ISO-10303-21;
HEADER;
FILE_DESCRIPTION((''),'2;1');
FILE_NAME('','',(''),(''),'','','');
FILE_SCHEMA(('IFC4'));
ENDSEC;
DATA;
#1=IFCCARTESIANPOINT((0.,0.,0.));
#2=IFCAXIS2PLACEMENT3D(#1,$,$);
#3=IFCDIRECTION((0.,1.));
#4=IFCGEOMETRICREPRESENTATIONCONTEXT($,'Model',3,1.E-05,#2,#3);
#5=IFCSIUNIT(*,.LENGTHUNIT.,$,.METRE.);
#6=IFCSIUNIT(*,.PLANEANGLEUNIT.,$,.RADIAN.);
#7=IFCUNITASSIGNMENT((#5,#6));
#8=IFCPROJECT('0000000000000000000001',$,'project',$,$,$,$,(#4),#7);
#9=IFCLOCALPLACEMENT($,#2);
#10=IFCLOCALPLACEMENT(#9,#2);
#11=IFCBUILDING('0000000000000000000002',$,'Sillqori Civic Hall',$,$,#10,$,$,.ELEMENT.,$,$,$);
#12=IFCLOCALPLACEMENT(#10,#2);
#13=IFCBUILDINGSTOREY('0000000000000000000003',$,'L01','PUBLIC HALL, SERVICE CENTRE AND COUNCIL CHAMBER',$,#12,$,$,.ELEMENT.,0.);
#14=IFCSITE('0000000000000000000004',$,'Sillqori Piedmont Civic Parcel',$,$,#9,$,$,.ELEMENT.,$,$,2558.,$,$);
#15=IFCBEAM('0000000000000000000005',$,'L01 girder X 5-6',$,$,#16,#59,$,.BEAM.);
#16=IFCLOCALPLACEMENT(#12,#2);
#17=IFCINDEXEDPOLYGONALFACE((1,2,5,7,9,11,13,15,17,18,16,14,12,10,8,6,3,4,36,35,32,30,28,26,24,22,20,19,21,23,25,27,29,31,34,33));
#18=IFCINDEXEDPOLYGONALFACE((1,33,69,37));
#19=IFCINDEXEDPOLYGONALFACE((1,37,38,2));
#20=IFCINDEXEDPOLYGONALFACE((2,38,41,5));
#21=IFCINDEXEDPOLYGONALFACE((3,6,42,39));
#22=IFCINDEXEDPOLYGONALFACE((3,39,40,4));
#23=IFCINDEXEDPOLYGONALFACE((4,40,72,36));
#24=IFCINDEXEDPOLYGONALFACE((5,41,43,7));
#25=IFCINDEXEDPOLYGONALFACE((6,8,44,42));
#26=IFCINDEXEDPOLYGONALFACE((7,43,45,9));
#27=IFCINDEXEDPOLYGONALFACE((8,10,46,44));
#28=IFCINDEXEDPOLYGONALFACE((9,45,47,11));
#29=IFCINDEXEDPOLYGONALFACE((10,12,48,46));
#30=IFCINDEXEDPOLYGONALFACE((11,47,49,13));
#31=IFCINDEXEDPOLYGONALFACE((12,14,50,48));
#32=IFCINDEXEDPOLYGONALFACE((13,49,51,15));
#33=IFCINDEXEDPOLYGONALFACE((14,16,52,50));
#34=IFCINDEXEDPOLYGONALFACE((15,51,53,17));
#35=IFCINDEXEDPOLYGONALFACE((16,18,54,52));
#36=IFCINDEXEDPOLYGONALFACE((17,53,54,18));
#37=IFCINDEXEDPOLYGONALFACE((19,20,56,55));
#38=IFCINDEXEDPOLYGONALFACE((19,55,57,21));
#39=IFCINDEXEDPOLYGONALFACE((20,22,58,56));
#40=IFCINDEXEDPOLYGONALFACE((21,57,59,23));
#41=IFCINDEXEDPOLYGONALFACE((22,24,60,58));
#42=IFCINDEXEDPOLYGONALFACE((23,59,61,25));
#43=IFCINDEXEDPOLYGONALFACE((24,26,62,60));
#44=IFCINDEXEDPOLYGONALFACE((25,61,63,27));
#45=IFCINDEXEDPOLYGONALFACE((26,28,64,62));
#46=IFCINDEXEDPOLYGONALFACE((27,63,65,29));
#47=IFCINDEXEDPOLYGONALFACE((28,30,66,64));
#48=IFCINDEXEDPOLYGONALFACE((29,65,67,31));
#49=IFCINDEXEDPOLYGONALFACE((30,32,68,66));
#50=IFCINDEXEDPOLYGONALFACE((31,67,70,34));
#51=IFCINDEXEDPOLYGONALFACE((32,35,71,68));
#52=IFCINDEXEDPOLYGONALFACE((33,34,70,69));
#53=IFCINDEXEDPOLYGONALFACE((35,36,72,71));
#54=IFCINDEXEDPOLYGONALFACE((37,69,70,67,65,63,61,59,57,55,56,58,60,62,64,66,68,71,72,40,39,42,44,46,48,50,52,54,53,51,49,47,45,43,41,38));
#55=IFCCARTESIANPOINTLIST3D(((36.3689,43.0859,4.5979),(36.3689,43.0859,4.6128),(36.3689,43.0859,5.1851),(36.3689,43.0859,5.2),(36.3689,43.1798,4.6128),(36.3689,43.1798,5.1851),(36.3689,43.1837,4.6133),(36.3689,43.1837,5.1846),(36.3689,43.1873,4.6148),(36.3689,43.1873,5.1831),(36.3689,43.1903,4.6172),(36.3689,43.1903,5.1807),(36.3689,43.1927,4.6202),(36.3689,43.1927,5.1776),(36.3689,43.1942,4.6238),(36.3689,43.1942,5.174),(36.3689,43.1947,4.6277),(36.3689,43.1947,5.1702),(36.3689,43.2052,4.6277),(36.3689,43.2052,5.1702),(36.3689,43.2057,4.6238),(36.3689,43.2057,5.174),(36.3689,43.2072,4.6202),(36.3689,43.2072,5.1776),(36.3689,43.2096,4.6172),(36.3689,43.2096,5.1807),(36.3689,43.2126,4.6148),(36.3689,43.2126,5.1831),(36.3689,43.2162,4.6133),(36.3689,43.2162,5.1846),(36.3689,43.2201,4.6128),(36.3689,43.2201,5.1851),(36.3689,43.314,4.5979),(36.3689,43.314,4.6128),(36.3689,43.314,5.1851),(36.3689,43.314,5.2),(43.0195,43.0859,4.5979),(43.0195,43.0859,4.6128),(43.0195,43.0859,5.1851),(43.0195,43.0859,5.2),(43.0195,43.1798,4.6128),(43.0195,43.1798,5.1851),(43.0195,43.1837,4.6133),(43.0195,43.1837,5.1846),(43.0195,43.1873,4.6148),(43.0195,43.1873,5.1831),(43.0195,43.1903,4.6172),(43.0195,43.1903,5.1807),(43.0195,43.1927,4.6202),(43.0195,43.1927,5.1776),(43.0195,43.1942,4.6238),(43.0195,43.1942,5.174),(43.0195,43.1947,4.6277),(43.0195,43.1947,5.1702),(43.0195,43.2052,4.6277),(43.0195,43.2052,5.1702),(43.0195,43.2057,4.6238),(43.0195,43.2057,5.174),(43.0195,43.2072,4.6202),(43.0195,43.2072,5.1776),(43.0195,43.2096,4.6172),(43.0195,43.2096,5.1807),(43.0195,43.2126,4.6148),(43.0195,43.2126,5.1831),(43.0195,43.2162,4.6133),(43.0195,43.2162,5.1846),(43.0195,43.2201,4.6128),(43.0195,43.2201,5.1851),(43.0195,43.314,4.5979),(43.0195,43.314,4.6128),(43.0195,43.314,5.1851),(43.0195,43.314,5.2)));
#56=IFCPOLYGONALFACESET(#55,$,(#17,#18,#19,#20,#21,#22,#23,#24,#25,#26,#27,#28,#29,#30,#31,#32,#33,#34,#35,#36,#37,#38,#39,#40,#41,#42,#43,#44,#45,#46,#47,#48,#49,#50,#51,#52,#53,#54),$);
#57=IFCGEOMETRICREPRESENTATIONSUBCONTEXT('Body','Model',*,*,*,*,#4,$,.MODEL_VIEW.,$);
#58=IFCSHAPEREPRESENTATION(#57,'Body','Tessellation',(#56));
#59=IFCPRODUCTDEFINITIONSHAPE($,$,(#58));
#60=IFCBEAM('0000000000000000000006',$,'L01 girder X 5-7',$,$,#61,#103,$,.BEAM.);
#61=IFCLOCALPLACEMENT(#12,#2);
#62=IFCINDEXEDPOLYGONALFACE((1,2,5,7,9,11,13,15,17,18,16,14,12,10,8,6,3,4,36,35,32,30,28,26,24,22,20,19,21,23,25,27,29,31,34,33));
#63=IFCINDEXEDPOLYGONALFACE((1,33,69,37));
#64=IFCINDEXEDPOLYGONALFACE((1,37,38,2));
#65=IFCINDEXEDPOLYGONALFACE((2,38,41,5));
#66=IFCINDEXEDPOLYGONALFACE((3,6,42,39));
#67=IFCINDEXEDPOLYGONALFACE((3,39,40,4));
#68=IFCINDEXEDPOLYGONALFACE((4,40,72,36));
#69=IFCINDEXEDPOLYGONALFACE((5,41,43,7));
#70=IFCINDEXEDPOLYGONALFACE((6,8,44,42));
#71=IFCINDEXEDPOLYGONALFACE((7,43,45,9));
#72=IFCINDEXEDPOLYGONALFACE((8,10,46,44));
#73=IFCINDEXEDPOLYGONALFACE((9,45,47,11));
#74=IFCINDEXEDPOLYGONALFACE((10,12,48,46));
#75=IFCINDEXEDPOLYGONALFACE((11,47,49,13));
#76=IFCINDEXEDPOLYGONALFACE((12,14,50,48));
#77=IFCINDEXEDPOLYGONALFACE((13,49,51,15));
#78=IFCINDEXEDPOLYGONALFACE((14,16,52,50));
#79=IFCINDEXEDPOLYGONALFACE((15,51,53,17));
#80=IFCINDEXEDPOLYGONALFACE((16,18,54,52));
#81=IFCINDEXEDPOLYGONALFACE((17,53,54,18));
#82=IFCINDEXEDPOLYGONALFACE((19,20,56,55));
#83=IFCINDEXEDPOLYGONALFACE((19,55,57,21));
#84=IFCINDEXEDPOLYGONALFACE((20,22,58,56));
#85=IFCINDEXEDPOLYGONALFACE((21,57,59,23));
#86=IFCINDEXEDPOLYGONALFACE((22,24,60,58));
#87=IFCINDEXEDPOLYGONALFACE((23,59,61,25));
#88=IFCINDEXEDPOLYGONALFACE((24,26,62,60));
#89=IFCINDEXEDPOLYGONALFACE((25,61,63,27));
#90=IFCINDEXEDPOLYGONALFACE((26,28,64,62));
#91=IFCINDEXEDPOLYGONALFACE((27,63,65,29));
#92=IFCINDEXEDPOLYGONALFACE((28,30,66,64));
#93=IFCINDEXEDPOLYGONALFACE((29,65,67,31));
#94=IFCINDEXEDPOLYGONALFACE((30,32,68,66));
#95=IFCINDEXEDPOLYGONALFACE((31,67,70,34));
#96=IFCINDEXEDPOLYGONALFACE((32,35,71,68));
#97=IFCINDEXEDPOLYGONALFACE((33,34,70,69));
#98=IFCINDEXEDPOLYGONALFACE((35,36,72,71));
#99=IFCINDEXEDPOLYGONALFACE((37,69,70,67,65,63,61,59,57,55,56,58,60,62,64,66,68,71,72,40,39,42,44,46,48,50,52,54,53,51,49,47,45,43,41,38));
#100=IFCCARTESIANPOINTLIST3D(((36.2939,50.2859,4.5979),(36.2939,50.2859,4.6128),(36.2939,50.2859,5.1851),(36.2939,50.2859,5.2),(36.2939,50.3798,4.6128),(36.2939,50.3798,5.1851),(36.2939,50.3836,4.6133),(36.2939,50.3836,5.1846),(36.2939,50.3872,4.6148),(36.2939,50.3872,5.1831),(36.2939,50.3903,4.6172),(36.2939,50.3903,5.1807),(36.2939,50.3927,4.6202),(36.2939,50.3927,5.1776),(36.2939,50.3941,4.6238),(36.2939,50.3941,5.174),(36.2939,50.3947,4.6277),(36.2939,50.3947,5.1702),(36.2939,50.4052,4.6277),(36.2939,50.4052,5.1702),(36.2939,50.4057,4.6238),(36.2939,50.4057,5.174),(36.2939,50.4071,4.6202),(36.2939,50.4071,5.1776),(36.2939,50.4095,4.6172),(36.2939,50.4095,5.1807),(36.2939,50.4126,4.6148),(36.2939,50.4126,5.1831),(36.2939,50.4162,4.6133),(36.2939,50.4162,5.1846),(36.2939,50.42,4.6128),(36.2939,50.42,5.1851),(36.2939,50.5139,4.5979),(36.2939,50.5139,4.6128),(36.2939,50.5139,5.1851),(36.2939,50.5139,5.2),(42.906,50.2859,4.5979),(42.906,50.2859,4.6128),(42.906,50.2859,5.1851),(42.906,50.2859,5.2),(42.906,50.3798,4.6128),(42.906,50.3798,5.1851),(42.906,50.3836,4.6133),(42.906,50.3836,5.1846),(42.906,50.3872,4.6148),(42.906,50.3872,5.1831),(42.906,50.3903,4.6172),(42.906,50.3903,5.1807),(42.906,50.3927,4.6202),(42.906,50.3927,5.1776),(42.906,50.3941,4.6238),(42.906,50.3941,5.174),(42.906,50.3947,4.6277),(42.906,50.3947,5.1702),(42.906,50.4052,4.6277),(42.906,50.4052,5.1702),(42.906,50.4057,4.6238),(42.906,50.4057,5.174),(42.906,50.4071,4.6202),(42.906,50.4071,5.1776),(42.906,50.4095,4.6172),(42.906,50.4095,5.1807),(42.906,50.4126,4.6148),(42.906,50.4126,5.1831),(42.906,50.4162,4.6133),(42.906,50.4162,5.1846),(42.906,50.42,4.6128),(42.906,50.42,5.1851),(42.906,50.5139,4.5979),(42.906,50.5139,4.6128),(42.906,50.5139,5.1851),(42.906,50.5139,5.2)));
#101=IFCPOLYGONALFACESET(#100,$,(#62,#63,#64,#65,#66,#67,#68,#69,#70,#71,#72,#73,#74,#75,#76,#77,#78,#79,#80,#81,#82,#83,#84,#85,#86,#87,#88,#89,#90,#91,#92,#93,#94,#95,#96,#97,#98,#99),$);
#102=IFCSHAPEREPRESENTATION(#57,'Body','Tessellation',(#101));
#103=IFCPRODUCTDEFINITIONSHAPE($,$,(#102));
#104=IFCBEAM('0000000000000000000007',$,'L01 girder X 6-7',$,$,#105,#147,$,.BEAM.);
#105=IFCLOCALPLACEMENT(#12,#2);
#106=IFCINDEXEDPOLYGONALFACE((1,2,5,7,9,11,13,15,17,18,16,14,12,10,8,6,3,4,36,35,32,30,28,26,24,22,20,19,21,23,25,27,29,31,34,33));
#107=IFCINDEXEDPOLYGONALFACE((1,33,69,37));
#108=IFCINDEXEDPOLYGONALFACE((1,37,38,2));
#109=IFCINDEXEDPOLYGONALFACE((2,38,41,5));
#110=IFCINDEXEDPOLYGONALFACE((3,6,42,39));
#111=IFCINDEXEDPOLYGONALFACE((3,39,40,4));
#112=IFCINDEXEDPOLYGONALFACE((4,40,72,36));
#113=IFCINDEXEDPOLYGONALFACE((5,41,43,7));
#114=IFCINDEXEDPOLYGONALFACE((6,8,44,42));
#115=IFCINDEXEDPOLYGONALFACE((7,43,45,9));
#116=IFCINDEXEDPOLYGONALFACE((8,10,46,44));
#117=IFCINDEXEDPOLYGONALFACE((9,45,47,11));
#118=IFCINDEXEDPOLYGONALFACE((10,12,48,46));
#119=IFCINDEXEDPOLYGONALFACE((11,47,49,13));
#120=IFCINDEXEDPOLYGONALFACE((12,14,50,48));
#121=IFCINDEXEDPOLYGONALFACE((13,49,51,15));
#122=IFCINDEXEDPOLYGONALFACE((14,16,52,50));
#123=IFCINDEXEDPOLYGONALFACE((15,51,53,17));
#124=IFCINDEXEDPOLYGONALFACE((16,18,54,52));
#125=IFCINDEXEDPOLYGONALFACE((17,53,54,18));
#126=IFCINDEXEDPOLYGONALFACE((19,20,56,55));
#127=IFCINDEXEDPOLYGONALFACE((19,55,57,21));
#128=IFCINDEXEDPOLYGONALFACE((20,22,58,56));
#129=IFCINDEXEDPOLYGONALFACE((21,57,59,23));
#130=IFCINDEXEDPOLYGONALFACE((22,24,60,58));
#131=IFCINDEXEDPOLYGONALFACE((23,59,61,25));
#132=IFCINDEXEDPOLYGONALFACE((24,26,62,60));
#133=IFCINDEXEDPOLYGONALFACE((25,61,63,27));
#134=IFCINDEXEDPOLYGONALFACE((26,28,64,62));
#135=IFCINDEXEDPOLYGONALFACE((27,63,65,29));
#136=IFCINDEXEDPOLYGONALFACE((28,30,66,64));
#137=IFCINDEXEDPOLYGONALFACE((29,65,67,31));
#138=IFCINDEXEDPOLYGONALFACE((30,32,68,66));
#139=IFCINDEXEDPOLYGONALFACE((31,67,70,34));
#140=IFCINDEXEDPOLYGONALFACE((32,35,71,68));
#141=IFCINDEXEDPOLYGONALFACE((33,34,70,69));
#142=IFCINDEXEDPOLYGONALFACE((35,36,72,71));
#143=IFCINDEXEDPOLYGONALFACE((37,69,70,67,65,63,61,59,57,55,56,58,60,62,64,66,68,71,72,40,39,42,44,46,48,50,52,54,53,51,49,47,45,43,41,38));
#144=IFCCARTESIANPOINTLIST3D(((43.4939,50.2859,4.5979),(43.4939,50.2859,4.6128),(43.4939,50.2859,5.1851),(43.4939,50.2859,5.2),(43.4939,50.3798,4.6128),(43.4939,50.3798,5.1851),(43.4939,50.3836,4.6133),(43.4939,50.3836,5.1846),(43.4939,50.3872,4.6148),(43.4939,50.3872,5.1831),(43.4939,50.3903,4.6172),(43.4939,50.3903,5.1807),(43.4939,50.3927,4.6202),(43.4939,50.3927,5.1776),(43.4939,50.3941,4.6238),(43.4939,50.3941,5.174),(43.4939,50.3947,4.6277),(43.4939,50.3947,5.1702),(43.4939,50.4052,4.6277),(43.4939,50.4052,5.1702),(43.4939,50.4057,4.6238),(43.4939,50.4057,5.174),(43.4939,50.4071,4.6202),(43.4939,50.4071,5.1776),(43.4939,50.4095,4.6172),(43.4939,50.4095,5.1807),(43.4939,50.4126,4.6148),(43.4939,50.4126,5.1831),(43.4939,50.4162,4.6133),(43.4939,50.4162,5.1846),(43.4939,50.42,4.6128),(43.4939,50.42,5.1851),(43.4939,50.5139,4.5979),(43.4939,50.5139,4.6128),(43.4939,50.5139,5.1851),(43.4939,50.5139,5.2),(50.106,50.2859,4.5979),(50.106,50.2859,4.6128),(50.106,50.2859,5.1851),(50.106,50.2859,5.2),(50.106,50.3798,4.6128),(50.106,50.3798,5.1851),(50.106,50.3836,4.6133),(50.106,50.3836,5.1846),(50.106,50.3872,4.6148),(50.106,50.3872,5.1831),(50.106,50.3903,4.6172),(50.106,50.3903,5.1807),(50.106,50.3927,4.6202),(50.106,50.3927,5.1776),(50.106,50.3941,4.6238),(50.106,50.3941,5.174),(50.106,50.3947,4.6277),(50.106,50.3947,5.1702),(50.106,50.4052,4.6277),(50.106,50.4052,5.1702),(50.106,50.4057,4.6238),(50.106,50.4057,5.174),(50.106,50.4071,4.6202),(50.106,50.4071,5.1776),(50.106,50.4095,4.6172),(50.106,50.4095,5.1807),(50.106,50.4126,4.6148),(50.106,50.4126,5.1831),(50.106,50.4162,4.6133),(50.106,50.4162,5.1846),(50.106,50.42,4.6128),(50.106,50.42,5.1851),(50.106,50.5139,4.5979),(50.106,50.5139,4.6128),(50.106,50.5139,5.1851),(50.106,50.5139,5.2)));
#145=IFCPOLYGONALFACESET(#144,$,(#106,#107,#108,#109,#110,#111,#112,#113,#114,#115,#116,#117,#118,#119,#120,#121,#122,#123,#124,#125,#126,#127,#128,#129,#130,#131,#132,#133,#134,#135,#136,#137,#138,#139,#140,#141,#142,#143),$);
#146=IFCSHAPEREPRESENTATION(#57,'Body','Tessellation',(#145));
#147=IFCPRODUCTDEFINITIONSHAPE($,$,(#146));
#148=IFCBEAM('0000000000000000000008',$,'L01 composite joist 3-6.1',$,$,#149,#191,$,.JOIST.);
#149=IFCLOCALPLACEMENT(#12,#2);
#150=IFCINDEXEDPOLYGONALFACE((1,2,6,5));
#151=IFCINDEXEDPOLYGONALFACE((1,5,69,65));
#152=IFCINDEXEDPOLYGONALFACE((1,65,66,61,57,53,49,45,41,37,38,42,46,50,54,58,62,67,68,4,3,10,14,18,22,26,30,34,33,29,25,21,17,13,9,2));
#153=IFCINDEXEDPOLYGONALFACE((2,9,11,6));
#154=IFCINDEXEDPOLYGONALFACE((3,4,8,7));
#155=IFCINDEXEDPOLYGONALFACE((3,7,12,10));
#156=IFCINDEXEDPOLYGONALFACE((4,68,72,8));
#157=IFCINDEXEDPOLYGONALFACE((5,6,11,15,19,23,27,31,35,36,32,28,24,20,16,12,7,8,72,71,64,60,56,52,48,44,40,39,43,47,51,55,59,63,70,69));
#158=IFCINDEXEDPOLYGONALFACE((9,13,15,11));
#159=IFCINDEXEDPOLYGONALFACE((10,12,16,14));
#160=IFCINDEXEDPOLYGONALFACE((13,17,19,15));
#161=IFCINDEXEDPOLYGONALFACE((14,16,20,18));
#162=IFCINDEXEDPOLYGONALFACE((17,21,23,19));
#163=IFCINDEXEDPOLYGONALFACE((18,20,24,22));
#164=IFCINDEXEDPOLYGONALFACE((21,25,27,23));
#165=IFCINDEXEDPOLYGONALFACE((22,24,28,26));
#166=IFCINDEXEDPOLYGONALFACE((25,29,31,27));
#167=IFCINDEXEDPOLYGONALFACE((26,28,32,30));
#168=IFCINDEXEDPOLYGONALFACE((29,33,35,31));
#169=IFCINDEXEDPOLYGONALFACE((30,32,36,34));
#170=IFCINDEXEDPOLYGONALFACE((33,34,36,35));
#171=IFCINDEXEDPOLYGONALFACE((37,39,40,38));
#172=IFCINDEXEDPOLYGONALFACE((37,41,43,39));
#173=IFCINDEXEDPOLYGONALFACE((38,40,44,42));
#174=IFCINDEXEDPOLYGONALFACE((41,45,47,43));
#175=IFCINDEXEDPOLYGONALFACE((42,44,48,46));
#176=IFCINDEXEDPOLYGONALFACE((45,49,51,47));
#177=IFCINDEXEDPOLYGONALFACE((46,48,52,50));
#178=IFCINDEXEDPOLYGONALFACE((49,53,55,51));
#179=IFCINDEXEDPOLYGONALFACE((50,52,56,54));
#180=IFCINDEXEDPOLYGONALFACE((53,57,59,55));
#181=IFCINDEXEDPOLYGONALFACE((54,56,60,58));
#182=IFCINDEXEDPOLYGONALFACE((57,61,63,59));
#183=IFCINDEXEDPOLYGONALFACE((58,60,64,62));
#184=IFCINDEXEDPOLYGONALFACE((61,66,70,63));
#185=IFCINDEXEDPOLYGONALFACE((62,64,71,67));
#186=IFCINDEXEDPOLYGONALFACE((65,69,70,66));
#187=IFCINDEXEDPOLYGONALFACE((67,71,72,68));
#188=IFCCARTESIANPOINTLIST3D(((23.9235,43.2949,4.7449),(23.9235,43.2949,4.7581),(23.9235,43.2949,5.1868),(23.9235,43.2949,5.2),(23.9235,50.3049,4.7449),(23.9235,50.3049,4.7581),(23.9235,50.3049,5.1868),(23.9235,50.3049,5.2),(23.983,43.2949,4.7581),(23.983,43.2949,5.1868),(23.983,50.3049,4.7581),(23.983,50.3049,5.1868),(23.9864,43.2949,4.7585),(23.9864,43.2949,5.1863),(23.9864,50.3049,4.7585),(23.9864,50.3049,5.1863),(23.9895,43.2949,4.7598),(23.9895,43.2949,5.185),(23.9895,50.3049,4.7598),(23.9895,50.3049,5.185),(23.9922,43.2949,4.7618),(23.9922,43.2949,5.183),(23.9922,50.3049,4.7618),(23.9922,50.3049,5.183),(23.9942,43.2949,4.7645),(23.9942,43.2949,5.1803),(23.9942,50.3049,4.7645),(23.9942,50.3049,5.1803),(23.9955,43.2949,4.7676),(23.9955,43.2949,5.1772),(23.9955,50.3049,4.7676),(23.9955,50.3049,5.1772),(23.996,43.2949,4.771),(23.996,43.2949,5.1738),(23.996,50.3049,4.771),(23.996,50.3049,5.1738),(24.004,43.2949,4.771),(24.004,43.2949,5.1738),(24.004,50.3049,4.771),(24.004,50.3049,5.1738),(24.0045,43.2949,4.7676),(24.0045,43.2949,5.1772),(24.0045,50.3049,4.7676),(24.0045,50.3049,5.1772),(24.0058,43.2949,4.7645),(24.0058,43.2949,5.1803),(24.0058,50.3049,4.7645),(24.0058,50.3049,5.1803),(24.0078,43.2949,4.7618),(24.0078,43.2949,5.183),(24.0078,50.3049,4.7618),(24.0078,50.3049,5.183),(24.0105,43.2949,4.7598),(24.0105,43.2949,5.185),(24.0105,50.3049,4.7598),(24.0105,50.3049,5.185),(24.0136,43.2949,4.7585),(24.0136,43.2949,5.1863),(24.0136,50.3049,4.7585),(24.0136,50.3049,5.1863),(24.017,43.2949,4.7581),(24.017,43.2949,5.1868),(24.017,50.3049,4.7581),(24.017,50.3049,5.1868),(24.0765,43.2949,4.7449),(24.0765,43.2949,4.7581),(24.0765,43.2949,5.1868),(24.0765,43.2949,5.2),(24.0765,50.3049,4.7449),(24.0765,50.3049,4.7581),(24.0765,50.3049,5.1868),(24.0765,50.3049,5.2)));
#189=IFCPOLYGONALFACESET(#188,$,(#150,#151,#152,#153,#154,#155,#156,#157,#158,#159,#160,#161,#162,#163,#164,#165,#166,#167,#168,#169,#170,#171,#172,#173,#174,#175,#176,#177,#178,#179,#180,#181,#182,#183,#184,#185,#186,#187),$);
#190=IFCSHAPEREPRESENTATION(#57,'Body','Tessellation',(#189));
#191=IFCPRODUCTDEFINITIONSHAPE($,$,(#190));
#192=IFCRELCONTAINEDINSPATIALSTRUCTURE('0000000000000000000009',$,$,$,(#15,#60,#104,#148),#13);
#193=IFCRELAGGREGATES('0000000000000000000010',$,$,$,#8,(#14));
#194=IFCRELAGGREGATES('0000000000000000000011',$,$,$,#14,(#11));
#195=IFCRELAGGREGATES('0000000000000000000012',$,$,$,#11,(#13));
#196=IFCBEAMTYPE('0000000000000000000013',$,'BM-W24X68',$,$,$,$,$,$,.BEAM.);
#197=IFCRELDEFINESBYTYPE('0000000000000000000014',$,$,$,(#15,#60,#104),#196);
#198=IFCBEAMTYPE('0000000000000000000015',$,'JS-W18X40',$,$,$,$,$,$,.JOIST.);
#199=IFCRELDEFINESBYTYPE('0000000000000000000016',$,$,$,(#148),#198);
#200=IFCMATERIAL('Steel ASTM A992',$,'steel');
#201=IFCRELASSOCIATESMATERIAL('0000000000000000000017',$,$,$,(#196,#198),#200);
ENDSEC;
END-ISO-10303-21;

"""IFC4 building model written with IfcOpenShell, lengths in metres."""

from ifc_helpers import new_model, si_unit, direction, frame, origin, origin_2d, place, context, subcontext, project, spatial, i_section, extrude, material, material_profile, profile_set, type_object, element, save


model = new_model("IFC4")

# Units and contexts
model_context = context("Model", 3, precision=1e-05, world=origin(), true_north=direction((0.0, 1.0)))
body_context = subcontext(model_context, "Body", "Model", "MODEL_VIEW")
ifc_project = project(units=[si_unit("LENGTHUNIT", "METRE"), si_unit("PLANEANGLEUNIT", "RADIAN")], contexts=[model_context])

# Site, building, storey
site_placement = place(None, origin())
site = spatial("IfcSite", under=ifc_project, at=site_placement, Name="Sillqori Piedmont Civic Parcel", CompositionType="ELEMENT", RefElevation=2558.0)
building_placement = place(site_placement, origin())
building = spatial("IfcBuilding", under=site, at=building_placement, Name="Sillqori Civic Hall", CompositionType="ELEMENT")
storey_placement = place(building_placement, origin())
storey = spatial("IfcBuildingStorey", under=building, at=storey_placement, Name="L01", Description="PUBLIC HALL, SERVICE CENTRE AND COUNCIL CHAMBER", CompositionType="ELEMENT", Elevation=0.0)

# Shared definitions
ifc_material_1 = material(Name="Steel ASTM A992", Category="steel")

# Beams
ifc_material_profile_1 = material_profile(ifc_material_1, i_section(OverallWidth=0.228, OverallDepth=0.6021, WebThickness=0.0105, FlangeThickness=0.0149, FilletRadius=0.0149, at=origin_2d()), Name="W24X68")
ifc_profile_set_1 = profile_set([ifc_material_profile_1], Name="Steel ASTM A992")
beam_type_1 = type_object("IfcBeamType", Name="BM-W24X68", PredefinedType="BEAM", material=ifc_profile_set_1)
beam_1_placement = place(storey_placement, frame((36.3689, 43.2, 4.8989), z_axis=(1.0, 0.0, 0.0), x_axis=(0.0, 1.0, 0.0)))
element("IfcBeam", 1, at=beam_1_placement, inside=storey, type_object=beam_type_1, Name="L01 girder X 5-6", PredefinedType="BEAM", context=body_context, shape_type="SweptSolid", body=[
    extrude(i_section(OverallWidth=0.228, OverallDepth=0.6021, WebThickness=0.0105, FlangeThickness=0.0149, FilletRadius=0.0149, at=origin_2d()), origin(), (0.0, 0.0, 1.0), 6.6506),
])
for number, where, z_axis, x_axis, name in (
    (2, (36.2939, 50.3999, 4.8989), (1.0, 0.0, 0.0), (0.0, 1.0, 0.0), "L01 girder X 5-7"),
    (3, (43.4939, 50.3999, 4.8989), (1.0, 0.0, 0.0), (0.0, 1.0, 0.0), "L01 girder X 6-7"),
):
    element("IfcBeam", number, at=place(storey_placement, frame(where, z_axis=z_axis, x_axis=x_axis)), inside=storey, type_object=beam_type_1, Name=name, PredefinedType="BEAM", context=body_context, shape_type="SweptSolid", body=[
        extrude(i_section(OverallWidth=0.228, OverallDepth=0.6021, WebThickness=0.0105, FlangeThickness=0.0149, FilletRadius=0.0149, at=origin_2d()), origin(), (0.0, 0.0, 1.0), 6.6121),
    ])
ifc_material_profile_2 = material_profile(ifc_material_1, i_section(OverallWidth=0.1531, OverallDepth=0.4551, WebThickness=0.0081, FlangeThickness=0.0132, FilletRadius=0.0129, at=origin_2d()), Name="W18X40")
ifc_profile_set_2 = profile_set([ifc_material_profile_2], Name="Steel ASTM A992")
beam_type_2 = type_object("IfcBeamType", Name="JS-W18X40", PredefinedType="JOIST", material=ifc_profile_set_2)
for number, where, z_axis, x_axis, name in (
    (4, (24.0, 43.2949, 4.9724), (0.0, 1.0, 0.0), (-1.0, 0.0, 0.0), "L01 composite joist 3-6.1"),
):
    element("IfcBeam", number, at=place(storey_placement, frame(where, z_axis=z_axis, x_axis=x_axis)), inside=storey, type_object=beam_type_2, Name=name, PredefinedType="JOIST", context=body_context, shape_type="SweptSolid", body=[
        extrude(i_section(OverallWidth=0.1531, OverallDepth=0.4551, WebThickness=0.0081, FlangeThickness=0.0132, FilletRadius=0.0129, at=origin_2d()), origin(), (0.0, 0.0, 1.0), 7.01),
    ])

save(model, "model.ifc")
